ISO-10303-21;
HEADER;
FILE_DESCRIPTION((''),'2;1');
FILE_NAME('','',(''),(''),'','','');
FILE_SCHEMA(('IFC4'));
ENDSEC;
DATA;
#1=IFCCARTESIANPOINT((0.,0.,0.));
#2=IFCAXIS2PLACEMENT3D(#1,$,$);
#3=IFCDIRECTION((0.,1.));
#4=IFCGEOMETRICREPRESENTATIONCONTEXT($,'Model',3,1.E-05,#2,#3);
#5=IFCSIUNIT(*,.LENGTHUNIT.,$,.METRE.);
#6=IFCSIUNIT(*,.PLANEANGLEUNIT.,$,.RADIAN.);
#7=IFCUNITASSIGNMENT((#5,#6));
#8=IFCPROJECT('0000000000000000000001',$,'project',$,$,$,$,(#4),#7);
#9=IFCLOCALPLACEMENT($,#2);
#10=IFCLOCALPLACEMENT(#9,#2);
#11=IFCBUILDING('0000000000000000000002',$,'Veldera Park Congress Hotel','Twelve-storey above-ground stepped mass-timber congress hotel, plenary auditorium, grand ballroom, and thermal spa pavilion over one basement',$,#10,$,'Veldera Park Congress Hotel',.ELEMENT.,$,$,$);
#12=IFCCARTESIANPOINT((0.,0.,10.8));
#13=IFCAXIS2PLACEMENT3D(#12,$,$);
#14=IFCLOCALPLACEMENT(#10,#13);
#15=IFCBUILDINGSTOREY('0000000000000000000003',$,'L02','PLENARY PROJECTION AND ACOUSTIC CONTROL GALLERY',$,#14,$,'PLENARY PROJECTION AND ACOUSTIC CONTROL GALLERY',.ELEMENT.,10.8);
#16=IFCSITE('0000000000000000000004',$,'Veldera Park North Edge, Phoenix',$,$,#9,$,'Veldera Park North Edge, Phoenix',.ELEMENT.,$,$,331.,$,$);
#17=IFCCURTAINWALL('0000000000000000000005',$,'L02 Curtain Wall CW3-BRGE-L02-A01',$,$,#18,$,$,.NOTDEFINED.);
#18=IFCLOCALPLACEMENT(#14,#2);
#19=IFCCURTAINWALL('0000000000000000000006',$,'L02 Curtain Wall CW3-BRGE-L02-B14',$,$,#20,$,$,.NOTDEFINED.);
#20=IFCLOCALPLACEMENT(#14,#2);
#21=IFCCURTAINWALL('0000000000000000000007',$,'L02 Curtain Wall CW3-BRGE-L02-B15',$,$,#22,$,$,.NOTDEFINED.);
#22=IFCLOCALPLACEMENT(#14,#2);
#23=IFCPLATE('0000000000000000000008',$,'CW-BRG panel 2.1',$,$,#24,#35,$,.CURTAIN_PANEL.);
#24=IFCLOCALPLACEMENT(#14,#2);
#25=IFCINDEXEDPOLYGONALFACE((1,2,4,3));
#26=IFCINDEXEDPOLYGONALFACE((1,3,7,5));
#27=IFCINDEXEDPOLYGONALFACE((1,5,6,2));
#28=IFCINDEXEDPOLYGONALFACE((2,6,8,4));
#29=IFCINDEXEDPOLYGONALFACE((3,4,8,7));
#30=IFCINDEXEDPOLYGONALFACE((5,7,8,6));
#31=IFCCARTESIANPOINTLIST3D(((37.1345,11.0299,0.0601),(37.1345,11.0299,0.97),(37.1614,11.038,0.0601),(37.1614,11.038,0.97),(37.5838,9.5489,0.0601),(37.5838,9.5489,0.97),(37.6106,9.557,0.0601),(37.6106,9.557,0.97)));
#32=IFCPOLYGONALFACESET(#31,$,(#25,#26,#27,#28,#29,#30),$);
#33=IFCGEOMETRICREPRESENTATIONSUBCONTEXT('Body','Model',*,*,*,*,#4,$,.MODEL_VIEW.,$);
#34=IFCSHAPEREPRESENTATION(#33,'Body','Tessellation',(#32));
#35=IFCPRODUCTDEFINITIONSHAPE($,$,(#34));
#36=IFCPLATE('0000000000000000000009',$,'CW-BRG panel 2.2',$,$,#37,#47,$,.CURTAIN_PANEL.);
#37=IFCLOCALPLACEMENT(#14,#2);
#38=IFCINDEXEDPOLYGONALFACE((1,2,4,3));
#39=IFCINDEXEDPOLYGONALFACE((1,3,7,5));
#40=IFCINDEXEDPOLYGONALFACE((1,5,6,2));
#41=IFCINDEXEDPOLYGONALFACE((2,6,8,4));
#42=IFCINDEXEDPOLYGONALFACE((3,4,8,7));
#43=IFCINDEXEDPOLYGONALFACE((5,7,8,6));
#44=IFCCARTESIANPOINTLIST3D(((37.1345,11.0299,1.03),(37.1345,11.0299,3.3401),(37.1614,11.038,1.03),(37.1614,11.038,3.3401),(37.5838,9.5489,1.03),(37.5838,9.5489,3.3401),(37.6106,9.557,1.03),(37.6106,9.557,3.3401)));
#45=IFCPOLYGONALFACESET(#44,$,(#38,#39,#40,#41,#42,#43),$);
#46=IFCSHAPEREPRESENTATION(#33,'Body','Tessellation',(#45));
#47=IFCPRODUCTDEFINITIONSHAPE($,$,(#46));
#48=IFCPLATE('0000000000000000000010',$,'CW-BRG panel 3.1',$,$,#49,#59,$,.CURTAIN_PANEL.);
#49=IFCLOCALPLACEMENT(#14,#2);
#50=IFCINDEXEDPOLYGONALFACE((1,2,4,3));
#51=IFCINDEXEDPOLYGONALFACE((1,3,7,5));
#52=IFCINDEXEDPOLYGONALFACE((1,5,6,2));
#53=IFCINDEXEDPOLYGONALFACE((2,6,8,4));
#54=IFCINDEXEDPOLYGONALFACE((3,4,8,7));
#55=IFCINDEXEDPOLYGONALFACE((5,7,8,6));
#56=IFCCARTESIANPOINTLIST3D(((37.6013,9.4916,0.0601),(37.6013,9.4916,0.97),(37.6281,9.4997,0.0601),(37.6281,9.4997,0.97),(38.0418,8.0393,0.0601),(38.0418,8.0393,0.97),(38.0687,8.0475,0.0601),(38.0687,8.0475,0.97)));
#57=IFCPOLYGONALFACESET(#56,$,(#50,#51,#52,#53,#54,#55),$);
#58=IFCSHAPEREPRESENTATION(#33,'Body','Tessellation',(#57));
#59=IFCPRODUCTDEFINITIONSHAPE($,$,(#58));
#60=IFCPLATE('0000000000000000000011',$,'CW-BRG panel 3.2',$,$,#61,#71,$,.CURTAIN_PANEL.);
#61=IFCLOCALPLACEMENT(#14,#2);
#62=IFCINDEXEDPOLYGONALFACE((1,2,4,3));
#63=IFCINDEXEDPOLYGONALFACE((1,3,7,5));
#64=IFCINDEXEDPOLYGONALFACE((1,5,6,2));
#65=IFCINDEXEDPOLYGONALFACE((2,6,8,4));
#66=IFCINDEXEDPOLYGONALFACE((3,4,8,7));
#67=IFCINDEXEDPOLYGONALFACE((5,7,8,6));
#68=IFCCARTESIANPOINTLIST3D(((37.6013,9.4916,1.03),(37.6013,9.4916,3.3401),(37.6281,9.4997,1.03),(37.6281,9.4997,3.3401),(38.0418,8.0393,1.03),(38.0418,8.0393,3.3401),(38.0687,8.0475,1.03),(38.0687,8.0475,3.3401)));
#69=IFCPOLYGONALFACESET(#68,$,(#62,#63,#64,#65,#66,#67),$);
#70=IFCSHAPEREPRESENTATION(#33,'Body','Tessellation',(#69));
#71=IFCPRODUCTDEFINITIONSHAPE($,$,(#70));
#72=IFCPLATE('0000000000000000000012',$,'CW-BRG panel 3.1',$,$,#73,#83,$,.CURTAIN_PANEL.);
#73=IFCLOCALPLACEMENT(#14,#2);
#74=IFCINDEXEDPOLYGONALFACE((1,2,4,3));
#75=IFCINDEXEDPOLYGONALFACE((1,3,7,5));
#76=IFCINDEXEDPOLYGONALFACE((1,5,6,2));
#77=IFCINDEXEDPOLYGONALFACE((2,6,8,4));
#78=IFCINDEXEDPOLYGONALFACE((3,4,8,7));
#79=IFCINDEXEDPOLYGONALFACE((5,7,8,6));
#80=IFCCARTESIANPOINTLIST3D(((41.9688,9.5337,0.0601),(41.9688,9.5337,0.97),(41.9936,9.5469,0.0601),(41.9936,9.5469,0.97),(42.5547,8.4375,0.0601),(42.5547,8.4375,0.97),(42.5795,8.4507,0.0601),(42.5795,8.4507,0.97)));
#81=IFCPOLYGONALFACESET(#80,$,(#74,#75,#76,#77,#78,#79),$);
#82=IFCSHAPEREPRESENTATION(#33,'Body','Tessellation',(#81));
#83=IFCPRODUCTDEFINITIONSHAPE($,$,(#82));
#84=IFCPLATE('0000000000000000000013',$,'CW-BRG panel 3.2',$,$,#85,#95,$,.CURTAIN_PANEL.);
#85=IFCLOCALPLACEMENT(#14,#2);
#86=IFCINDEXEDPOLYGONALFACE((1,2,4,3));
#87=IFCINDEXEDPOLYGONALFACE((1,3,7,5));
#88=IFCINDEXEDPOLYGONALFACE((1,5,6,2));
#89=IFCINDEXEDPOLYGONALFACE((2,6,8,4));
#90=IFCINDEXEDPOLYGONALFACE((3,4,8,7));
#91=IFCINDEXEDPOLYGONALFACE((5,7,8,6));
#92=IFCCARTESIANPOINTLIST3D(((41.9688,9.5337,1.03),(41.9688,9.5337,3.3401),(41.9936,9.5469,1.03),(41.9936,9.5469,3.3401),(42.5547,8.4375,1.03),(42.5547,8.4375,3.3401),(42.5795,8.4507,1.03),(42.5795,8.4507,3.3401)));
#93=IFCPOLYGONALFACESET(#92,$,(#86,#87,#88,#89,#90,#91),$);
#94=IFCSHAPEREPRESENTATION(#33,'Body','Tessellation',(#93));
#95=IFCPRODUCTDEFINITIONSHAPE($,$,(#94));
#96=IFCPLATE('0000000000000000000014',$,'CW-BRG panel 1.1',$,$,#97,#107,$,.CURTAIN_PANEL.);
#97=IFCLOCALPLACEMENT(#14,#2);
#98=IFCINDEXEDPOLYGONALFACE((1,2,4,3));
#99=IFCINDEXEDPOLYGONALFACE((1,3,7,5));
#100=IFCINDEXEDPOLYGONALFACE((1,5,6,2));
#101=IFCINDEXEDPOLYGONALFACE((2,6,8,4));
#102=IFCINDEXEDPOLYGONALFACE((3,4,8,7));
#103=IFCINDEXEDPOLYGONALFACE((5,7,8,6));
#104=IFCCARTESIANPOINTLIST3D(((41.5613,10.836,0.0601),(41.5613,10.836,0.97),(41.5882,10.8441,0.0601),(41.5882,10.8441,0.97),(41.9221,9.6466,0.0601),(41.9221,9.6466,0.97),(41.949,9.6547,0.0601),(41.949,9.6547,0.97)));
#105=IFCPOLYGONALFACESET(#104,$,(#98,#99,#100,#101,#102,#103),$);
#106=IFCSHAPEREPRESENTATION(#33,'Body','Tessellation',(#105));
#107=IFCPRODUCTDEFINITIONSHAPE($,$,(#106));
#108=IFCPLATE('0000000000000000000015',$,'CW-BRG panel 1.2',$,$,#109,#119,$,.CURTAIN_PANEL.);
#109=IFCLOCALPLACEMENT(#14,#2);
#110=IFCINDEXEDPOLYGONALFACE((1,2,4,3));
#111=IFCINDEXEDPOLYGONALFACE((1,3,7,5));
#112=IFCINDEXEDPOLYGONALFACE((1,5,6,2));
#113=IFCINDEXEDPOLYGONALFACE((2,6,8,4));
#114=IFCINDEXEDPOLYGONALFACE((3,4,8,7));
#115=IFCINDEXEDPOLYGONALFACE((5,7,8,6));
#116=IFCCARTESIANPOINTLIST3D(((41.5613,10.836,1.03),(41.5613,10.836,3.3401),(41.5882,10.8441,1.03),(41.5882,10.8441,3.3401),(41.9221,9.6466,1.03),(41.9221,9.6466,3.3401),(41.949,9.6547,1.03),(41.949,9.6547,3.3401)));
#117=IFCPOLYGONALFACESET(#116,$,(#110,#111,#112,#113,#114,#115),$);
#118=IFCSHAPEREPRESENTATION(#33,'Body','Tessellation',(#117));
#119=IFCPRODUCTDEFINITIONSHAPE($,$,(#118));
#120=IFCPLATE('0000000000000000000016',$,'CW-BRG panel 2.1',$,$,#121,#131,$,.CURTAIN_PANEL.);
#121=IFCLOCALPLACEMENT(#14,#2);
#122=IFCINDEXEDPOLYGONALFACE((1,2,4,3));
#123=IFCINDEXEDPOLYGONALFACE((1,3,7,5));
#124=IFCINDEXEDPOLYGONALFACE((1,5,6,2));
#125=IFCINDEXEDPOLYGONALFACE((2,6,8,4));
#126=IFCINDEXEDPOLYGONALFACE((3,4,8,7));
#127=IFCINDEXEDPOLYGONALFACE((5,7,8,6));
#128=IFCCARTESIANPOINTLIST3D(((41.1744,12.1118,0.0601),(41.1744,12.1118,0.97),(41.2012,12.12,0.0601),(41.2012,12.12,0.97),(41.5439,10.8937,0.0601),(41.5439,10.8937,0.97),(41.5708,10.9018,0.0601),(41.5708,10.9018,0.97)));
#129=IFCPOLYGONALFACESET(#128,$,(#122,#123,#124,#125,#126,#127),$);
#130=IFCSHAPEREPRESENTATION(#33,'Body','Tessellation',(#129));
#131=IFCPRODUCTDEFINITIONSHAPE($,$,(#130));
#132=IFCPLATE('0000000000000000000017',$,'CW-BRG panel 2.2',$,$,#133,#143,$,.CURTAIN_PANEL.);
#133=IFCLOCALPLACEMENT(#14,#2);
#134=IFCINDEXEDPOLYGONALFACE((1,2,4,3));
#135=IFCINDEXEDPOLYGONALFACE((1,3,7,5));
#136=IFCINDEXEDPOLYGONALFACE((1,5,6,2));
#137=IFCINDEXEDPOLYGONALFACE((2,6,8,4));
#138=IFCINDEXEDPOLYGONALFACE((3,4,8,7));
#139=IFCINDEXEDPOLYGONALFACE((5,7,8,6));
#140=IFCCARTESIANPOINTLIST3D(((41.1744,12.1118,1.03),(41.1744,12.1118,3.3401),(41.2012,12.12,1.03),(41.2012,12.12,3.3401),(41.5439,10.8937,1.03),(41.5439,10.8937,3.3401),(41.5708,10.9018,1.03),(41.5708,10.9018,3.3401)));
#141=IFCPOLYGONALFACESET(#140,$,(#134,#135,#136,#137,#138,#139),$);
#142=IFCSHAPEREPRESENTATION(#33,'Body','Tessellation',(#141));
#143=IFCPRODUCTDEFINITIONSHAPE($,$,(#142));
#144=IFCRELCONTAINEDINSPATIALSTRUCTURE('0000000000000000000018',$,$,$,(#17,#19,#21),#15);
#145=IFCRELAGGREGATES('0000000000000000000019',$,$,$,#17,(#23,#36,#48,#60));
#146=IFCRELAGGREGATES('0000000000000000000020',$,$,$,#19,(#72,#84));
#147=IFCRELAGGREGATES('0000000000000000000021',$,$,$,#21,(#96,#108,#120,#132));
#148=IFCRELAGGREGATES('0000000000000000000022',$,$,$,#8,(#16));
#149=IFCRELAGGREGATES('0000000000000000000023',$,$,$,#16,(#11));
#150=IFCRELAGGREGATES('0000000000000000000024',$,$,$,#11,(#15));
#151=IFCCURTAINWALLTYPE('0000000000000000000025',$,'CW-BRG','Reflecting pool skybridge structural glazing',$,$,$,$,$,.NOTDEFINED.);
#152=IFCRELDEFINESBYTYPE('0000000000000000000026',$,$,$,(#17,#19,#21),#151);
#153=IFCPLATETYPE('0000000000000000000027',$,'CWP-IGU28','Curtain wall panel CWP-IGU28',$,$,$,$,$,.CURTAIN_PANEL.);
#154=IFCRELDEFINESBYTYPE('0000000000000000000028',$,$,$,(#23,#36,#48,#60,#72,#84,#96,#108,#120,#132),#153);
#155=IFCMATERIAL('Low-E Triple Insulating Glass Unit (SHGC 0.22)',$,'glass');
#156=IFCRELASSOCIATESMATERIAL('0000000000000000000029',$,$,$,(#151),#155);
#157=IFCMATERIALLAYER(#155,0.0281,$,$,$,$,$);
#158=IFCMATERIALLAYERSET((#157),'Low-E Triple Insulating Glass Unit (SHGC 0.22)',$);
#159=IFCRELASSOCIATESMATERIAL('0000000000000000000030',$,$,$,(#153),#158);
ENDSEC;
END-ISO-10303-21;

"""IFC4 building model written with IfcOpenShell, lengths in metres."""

from ifc_helpers import new_model, si_unit, direction, frame, origin, origin_2d, place, context, subcontext, project, spatial, rectangle, extrude, material, layer, layer_set, type_object, element, aggregate, save


model = new_model("IFC4")

# Units and contexts
model_context = context("Model", 3, precision=1e-05, world=origin(), true_north=direction((0.0, 1.0)))
body_context = subcontext(model_context, "Body", "Model", "MODEL_VIEW")
ifc_project = project(units=[si_unit("LENGTHUNIT", "METRE"), si_unit("PLANEANGLEUNIT", "RADIAN")], contexts=[model_context])

# Site, building, storey
site_placement = place(None, origin())
site = spatial("IfcSite", under=ifc_project, at=site_placement, Name="Veldera Park North Edge, Phoenix", LongName="Veldera Park North Edge, Phoenix", CompositionType="ELEMENT", RefElevation=331.0)
building_placement = place(site_placement, origin())
building = spatial("IfcBuilding", under=site, at=building_placement, Name="Veldera Park Congress Hotel", Description="Twelve-storey above-ground stepped mass-timber congress hotel, plenary auditorium, grand ballroom, and thermal spa pavilion over one basement", LongName="Veldera Park Congress Hotel", CompositionType="ELEMENT")
storey_placement = place(building_placement, frame((0.0, 0.0, 10.8)))
storey = spatial("IfcBuildingStorey", under=building, at=storey_placement, Name="L02", Description="PLENARY PROJECTION AND ACOUSTIC CONTROL GALLERY", LongName="PLENARY PROJECTION AND ACOUSTIC CONTROL GALLERY", CompositionType="ELEMENT", Elevation=10.8)

# Curtain walls
ifc_material_1 = material(Name="Low-E Triple Insulating Glass Unit (SHGC 0.22)", Category="glass")
curtain_wall_type = type_object("IfcCurtainWallType", Name="CW-BRG", Description="Reflecting pool skybridge structural glazing", PredefinedType="NOTDEFINED", material=ifc_material_1)
curtain_wall_1_placement = place(storey_placement, origin())
curtain_wall_1 = element("IfcCurtainWall", 1, at=curtain_wall_1_placement, inside=storey, type_object=curtain_wall_type, Name="L02 Curtain Wall CW3-BRGE-L02-A01", PredefinedType="NOTDEFINED")
curtain_wall_2_placement = place(storey_placement, origin())
curtain_wall_2 = element("IfcCurtainWall", 2, at=curtain_wall_2_placement, inside=storey, type_object=curtain_wall_type, Name="L02 Curtain Wall CW3-BRGE-L02-B14", PredefinedType="NOTDEFINED")
curtain_wall_3_placement = place(storey_placement, origin())
curtain_wall_3 = element("IfcCurtainWall", 3, at=curtain_wall_3_placement, inside=storey, type_object=curtain_wall_type, Name="L02 Curtain Wall CW3-BRGE-L02-B15", PredefinedType="NOTDEFINED")

# Plates
ifc_layer = layer(ifc_material_1, 0.0281)
ifc_layer_set = layer_set([ifc_layer], Name="Low-E Triple Insulating Glass Unit (SHGC 0.22)")
plate_type = type_object("IfcPlateType", Name="CWP-IGU28", Description="Curtain wall panel CWP-IGU28", PredefinedType="CURTAIN_PANEL", material=ifc_layer_set)
plate_1_placement = place(storey_placement, frame((37.3726, 10.2935, 0.0601), z_axis=(0.0, 0.0, 1.0), x_axis=(0.290288, -0.956939, 0.0)))
plate_1 = element("IfcPlate", 4, at=plate_1_placement, type_object=plate_type, Name="CW-BRG panel 2.1", PredefinedType="CURTAIN_PANEL", context=body_context, shape_type="SweptSolid", body=[
    extrude(rectangle(XDim=1.5476, YDim=0.0281, at=origin_2d()), origin(), (0.0, 0.0, 1.0), 0.9099),
])
plate_2_placement = place(storey_placement, frame((37.3726, 10.2935, 1.03), z_axis=(0.0, 0.0, 1.0), x_axis=(0.290288, -0.956939, 0.0)))
plate_2 = element("IfcPlate", 5, at=plate_2_placement, type_object=plate_type, Name="CW-BRG panel 2.2", PredefinedType="CURTAIN_PANEL", context=body_context, shape_type="SweptSolid", body=[
    extrude(rectangle(XDim=1.5476, YDim=0.0281, at=origin_2d()), origin(), (0.0, 0.0, 1.0), 2.3101),
])
plate_3_placement = place(storey_placement, frame((37.835, 8.7695, 0.0601), z_axis=(0.0, 0.0, 1.0), x_axis=(0.290288, -0.956939, 0.0)))
plate_3 = element("IfcPlate", 6, at=plate_3_placement, type_object=plate_type, Name="CW-BRG panel 3.1", PredefinedType="CURTAIN_PANEL", context=body_context, shape_type="SweptSolid", body=[
    extrude(rectangle(XDim=1.5176, YDim=0.0281, at=origin_2d()), origin(), (0.0, 0.0, 1.0), 0.9099),
])
plate_4_placement = place(storey_placement, frame((37.835, 8.7695, 1.03), z_axis=(0.0, 0.0, 1.0), x_axis=(0.290288, -0.956939, 0.0)))
plate_4 = element("IfcPlate", 7, at=plate_4_placement, type_object=plate_type, Name="CW-BRG panel 3.2", PredefinedType="CURTAIN_PANEL", context=body_context, shape_type="SweptSolid", body=[
    extrude(rectangle(XDim=1.5176, YDim=0.0281, at=origin_2d()), origin(), (0.0, 0.0, 1.0), 2.3101),
])
aggregate(curtain_wall_1, [plate_1, plate_2, plate_3, plate_4])
plate_5_placement = place(storey_placement, frame((42.2742, 8.9922, 0.0601), z_axis=(0.0, 0.0, 1.0), x_axis=(-0.471384, 0.881928, 0.0)))
plate_5 = element("IfcPlate", 8, at=plate_5_placement, type_object=plate_type, Name="CW-BRG panel 3.1", PredefinedType="CURTAIN_PANEL", context=body_context, shape_type="SweptSolid", body=[
    extrude(rectangle(XDim=1.2429, YDim=0.0281, at=origin_2d()), origin(), (0.0, 0.0, 1.0), 0.9099),
])
plate_6_placement = place(storey_placement, frame((42.2742, 8.9922, 1.03), z_axis=(0.0, 0.0, 1.0), x_axis=(-0.471384, 0.881928, 0.0)))
plate_6 = element("IfcPlate", 9, at=plate_6_placement, type_object=plate_type, Name="CW-BRG panel 3.2", PredefinedType="CURTAIN_PANEL", context=body_context, shape_type="SweptSolid", body=[
    extrude(rectangle(XDim=1.2429, YDim=0.0281, at=origin_2d()), origin(), (0.0, 0.0, 1.0), 2.3101),
])
aggregate(curtain_wall_2, [plate_5, plate_6])
plate_7_placement = place(storey_placement, frame((41.7551, 10.2454, 0.0601), z_axis=(0.0, 0.0, 1.0), x_axis=(-0.29029, 0.956939, 0.0)))
plate_7 = element("IfcPlate", 10, at=plate_7_placement, type_object=plate_type, Name="CW-BRG panel 1.1", PredefinedType="CURTAIN_PANEL", context=body_context, shape_type="SweptSolid", body=[
    extrude(rectangle(XDim=1.2429, YDim=0.0281, at=origin_2d()), origin(), (0.0, 0.0, 1.0), 0.9099),
])
plate_8_placement = place(storey_placement, frame((41.7551, 10.2454, 1.03), z_axis=(0.0, 0.0, 1.0), x_axis=(-0.29029, 0.956939, 0.0)))
plate_8 = element("IfcPlate", 11, at=plate_8_placement, type_object=plate_type, Name="CW-BRG panel 1.2", PredefinedType="CURTAIN_PANEL", context=body_context, shape_type="SweptSolid", body=[
    extrude(rectangle(XDim=1.2429, YDim=0.0281, at=origin_2d()), origin(), (0.0, 0.0, 1.0), 2.3101),
])
plate_9_placement = place(storey_placement, frame((41.3726, 11.5068, 0.0601), z_axis=(0.0, 0.0, 1.0), x_axis=(-0.29029, 0.956939, 0.0)))
plate_9 = element("IfcPlate", 12, at=plate_9_placement, type_object=plate_type, Name="CW-BRG panel 2.1", PredefinedType="CURTAIN_PANEL", context=body_context, shape_type="SweptSolid", body=[
    extrude(rectangle(XDim=1.2729, YDim=0.0281, at=origin_2d()), origin(), (0.0, 0.0, 1.0), 0.9099),
])
plate_10_placement = place(storey_placement, frame((41.3726, 11.5068, 1.03), z_axis=(0.0, 0.0, 1.0), x_axis=(-0.29029, 0.956939, 0.0)))
plate_10 = element("IfcPlate", 13, at=plate_10_placement, type_object=plate_type, Name="CW-BRG panel 2.2", PredefinedType="CURTAIN_PANEL", context=body_context, shape_type="SweptSolid", body=[
    extrude(rectangle(XDim=1.2729, YDim=0.0281, at=origin_2d()), origin(), (0.0, 0.0, 1.0), 2.3101),
])
aggregate(curtain_wall_3, [plate_7, plate_8, plate_9, plate_10])

save(model, "model.ifc")
